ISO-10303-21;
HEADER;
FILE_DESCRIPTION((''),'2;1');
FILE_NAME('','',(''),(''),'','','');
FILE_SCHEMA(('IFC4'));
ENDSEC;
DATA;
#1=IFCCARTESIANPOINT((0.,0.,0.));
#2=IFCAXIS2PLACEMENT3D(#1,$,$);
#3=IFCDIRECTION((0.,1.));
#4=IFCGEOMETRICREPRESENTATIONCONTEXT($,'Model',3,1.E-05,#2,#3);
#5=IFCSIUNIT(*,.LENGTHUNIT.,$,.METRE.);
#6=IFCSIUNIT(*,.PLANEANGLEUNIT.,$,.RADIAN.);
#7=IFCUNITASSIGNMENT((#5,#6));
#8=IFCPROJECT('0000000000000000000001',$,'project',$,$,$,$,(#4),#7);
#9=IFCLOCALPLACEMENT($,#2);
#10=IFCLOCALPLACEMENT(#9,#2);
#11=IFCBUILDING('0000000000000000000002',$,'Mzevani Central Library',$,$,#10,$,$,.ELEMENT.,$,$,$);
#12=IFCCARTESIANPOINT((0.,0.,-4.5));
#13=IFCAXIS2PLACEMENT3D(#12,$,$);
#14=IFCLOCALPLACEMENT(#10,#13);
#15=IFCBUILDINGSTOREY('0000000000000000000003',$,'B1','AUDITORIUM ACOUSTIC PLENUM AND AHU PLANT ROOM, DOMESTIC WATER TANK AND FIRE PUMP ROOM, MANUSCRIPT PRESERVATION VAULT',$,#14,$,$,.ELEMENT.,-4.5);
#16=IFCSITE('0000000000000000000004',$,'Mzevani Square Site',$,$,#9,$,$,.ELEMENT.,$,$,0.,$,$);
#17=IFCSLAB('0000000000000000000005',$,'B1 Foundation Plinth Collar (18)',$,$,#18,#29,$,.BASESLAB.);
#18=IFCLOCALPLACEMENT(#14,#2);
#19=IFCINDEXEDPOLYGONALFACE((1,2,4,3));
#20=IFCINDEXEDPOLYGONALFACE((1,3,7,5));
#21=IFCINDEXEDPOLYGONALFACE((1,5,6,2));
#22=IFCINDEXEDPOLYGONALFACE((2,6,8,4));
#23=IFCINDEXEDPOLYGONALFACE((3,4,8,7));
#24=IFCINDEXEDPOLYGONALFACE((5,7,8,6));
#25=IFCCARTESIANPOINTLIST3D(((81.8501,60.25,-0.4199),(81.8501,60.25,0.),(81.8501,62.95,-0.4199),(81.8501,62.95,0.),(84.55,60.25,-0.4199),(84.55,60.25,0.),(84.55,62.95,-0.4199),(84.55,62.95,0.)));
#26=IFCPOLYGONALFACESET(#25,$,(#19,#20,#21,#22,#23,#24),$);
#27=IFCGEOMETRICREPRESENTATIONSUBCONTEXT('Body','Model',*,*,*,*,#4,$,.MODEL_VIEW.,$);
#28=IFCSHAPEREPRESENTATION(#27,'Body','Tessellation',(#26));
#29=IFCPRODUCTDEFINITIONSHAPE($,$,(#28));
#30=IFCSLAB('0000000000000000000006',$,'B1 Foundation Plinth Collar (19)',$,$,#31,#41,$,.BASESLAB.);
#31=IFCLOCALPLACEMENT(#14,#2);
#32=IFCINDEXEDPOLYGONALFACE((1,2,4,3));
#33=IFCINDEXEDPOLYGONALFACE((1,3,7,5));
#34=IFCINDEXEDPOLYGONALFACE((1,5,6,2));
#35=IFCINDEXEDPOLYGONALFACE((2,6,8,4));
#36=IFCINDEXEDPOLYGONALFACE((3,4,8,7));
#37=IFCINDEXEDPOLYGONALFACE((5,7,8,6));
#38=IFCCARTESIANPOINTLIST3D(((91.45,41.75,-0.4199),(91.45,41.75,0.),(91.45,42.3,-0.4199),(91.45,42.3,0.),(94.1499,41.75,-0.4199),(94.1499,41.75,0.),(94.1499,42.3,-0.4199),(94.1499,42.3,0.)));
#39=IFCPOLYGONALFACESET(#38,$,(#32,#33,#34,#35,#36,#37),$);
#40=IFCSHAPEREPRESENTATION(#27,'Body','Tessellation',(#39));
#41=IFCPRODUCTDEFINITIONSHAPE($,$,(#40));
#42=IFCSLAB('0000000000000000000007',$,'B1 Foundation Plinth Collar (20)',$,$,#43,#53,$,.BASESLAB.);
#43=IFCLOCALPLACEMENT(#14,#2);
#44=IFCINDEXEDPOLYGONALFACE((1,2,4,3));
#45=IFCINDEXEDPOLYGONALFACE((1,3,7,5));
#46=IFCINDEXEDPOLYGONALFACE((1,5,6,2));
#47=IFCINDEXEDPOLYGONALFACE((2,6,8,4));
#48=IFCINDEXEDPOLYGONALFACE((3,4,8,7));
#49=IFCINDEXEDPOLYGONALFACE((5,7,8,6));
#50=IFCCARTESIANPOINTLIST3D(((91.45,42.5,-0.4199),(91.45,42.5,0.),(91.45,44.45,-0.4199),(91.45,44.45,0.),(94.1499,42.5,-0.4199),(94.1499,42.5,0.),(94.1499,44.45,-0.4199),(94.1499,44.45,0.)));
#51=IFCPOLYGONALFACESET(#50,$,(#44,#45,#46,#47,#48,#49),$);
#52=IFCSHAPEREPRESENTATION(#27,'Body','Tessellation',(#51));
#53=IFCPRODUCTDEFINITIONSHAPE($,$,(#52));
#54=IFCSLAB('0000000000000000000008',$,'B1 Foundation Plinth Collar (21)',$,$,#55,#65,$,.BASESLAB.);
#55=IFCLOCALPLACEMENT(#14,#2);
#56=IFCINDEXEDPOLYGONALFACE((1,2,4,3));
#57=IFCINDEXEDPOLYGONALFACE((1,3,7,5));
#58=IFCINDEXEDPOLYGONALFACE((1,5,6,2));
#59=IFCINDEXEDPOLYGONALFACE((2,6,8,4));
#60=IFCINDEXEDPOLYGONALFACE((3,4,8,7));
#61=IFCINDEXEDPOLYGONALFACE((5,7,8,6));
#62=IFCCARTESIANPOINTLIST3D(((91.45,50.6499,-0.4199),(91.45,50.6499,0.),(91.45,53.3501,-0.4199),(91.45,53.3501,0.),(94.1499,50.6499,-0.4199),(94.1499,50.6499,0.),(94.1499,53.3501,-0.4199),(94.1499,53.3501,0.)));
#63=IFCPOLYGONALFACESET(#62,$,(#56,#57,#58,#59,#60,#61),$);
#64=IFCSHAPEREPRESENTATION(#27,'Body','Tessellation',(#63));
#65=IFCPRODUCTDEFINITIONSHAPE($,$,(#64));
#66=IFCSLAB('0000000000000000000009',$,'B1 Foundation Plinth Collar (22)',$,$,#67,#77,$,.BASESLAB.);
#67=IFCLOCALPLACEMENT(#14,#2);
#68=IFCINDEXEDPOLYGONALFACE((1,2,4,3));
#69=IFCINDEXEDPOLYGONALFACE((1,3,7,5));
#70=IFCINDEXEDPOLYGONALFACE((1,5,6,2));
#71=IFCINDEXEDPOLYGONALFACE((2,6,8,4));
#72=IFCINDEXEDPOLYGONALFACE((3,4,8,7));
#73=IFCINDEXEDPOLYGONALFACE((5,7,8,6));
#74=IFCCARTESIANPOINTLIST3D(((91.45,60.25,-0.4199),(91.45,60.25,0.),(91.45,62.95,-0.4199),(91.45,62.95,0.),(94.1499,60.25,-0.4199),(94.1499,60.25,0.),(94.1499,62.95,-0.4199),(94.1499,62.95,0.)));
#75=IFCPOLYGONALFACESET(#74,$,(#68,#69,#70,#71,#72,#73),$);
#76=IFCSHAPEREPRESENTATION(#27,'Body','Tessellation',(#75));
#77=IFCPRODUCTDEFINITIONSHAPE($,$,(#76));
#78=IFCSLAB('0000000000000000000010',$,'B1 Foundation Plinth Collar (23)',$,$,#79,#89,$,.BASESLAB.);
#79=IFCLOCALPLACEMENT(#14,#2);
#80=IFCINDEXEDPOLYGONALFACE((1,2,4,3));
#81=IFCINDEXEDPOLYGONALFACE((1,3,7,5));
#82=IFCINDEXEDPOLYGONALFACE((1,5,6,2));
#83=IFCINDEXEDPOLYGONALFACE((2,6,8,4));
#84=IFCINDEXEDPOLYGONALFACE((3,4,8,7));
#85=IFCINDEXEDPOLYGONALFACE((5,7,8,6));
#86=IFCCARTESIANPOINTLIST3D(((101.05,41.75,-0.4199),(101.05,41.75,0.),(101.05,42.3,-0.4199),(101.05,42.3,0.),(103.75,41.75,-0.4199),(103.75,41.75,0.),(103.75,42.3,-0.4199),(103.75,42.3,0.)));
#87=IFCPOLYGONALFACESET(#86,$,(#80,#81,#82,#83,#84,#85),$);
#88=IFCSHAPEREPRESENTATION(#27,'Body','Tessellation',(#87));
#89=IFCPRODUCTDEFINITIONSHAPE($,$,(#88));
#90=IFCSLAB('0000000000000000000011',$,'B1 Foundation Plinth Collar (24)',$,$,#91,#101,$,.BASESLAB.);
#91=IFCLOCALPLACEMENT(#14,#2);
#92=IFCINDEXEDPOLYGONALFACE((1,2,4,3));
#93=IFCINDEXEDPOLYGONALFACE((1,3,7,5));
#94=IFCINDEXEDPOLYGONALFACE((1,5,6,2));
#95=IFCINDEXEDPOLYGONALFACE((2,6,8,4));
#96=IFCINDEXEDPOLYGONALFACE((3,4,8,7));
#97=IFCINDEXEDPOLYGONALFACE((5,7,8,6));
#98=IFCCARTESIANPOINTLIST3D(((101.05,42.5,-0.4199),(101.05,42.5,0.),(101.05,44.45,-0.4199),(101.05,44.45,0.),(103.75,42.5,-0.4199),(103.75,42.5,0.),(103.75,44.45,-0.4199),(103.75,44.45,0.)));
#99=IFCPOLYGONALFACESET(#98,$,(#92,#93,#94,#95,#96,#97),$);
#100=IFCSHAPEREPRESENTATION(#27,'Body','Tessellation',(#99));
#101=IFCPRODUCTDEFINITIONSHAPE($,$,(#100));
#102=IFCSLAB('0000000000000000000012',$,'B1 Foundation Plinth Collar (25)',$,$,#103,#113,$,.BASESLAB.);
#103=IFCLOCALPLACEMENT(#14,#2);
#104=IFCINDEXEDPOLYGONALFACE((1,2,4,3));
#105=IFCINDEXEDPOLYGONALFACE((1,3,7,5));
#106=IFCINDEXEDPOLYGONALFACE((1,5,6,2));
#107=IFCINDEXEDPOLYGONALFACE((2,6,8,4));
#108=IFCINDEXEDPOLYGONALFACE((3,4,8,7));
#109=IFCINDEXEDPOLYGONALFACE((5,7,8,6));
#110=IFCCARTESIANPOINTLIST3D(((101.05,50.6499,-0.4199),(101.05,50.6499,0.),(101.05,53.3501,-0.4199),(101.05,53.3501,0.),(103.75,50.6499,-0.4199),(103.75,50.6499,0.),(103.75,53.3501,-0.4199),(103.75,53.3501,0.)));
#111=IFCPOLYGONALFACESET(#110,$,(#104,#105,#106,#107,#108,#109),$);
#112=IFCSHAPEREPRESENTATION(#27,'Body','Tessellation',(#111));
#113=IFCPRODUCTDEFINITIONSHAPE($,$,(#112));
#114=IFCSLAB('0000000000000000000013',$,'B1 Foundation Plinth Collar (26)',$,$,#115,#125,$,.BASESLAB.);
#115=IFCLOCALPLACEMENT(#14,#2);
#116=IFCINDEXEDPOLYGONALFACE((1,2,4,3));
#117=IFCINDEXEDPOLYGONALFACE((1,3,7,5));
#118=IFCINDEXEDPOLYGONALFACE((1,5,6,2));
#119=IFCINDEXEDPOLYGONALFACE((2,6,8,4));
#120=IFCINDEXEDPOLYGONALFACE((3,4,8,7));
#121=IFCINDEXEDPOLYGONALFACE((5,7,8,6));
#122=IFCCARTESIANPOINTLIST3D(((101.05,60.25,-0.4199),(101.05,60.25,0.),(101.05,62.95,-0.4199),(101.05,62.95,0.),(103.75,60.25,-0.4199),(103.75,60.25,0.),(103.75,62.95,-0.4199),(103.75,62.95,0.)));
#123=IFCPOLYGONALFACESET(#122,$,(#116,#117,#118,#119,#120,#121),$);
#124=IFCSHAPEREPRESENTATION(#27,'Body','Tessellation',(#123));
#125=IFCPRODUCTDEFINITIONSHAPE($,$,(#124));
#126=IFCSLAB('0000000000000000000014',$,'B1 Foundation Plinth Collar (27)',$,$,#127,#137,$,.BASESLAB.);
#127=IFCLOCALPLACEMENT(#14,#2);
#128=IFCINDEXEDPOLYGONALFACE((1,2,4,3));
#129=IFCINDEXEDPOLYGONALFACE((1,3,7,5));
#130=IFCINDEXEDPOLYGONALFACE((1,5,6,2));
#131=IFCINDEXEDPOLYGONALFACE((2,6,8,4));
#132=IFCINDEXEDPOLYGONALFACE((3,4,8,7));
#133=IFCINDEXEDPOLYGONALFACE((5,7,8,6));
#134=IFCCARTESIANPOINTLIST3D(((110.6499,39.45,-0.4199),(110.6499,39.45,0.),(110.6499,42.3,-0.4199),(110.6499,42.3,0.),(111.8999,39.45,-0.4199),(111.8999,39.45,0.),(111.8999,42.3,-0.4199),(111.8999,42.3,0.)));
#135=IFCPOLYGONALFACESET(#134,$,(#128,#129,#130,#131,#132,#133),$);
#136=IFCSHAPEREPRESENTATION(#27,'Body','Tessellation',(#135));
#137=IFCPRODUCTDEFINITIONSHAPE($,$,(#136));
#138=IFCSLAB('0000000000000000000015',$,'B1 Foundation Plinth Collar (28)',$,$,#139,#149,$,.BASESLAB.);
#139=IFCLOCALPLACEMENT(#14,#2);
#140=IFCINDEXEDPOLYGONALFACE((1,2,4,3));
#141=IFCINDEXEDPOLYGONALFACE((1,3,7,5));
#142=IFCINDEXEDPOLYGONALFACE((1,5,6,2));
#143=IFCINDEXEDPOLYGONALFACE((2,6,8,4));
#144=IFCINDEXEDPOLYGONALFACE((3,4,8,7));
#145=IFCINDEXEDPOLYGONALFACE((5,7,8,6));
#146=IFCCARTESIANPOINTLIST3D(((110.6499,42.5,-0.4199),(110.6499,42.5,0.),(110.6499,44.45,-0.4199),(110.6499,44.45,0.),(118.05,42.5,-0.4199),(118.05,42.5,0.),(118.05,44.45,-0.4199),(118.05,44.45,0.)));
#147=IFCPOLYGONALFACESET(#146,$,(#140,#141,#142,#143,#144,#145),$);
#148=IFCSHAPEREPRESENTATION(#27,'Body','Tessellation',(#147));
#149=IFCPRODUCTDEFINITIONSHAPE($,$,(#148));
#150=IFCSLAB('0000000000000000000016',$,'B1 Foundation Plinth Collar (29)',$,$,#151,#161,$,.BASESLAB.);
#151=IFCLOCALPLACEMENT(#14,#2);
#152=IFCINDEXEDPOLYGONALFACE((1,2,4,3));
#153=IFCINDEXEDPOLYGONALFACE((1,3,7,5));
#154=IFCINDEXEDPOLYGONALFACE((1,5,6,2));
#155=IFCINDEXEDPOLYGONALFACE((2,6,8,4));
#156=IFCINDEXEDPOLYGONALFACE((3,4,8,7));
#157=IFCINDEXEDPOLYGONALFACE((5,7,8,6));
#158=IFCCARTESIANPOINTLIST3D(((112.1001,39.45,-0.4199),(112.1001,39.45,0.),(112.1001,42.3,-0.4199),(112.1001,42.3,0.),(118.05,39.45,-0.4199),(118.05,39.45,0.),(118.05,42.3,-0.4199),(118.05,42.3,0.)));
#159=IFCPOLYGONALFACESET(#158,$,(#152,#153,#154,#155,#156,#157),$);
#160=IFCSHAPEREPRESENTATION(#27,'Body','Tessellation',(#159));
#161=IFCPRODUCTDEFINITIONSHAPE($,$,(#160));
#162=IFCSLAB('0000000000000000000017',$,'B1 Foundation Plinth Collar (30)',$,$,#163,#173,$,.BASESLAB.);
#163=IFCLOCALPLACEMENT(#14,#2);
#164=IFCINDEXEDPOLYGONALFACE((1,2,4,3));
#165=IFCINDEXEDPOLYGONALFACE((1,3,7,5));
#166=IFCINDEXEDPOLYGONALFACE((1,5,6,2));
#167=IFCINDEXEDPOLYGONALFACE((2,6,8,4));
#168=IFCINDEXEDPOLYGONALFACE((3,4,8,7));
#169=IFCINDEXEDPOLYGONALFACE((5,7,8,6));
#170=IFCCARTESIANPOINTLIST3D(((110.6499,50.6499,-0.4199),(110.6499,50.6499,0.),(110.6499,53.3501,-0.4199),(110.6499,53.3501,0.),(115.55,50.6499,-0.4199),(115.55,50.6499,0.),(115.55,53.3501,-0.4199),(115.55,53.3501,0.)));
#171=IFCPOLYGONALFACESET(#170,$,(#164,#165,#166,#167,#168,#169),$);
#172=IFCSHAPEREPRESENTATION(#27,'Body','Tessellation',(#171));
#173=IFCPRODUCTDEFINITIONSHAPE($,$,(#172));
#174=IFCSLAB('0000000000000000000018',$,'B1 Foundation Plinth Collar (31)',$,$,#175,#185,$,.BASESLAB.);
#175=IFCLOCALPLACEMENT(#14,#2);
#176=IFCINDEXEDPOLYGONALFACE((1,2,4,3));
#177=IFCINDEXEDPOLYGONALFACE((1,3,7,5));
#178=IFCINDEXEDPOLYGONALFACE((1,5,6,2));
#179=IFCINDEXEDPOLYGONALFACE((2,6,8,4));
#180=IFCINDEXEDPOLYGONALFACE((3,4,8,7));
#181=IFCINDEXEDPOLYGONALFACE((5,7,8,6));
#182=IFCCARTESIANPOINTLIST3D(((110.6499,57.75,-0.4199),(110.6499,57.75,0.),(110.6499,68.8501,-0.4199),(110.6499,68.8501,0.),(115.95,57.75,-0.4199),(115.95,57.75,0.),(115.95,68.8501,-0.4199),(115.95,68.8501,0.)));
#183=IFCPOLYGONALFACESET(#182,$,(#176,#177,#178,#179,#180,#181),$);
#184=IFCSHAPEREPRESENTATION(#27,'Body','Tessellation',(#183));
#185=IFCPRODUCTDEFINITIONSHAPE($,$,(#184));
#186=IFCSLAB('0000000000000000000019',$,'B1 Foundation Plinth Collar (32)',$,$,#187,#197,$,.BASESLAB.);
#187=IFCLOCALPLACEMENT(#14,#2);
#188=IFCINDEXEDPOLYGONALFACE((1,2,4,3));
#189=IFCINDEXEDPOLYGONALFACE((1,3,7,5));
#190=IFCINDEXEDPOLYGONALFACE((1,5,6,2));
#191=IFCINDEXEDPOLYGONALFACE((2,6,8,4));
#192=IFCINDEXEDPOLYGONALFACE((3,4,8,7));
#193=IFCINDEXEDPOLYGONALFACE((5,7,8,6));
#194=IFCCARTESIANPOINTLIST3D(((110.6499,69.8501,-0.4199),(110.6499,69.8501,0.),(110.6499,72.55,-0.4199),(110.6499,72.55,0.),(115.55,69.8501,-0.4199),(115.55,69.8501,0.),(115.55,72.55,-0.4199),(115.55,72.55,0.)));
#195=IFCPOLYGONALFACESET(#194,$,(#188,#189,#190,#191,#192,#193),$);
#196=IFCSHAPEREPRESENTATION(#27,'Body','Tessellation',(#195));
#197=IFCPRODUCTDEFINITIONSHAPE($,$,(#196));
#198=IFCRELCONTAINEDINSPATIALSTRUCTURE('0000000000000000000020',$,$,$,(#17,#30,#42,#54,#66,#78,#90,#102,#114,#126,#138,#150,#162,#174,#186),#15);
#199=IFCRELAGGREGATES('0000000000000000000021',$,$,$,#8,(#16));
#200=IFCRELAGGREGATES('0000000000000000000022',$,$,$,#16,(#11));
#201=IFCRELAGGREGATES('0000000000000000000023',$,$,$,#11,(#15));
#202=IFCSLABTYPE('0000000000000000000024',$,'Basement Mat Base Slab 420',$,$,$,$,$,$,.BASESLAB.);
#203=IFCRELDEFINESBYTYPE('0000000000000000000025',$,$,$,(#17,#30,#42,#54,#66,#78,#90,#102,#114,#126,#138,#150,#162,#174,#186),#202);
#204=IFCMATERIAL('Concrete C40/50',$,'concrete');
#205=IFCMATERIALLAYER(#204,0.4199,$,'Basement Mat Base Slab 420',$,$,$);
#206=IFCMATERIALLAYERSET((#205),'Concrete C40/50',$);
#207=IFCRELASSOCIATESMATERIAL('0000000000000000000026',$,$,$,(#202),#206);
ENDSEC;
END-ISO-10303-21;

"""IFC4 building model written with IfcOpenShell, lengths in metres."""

from ifc_helpers import new_model, si_unit, direction, frame, origin, place, context, subcontext, project, spatial, polyline, outline, extrude, material, layer, layer_set, type_object, element, save


model = new_model("IFC4")

# Units and contexts
model_context = context("Model", 3, precision=1e-05, world=origin(), true_north=direction((0.0, 1.0)))
body_context = subcontext(model_context, "Body", "Model", "MODEL_VIEW")
ifc_project = project(units=[si_unit("LENGTHUNIT", "METRE"), si_unit("PLANEANGLEUNIT", "RADIAN")], contexts=[model_context])

# Site, building, storey
site_placement = place(None, origin())
site = spatial("IfcSite", under=ifc_project, at=site_placement, Name="Mzevani Square Site", CompositionType="ELEMENT", RefElevation=0.0)
building_placement = place(site_placement, origin())
building = spatial("IfcBuilding", under=site, at=building_placement, Name="Mzevani Central Library", CompositionType="ELEMENT")
storey_placement = place(building_placement, frame((0.0, 0.0, -4.5)))
storey = spatial("IfcBuildingStorey", under=building, at=storey_placement, Name="B1", Description="AUDITORIUM ACOUSTIC PLENUM AND AHU PLANT ROOM, DOMESTIC WATER TANK AND FIRE PUMP ROOM, MANUSCRIPT PRESERVATION VAULT", CompositionType="ELEMENT", Elevation=-4.5)

# Slabs
ifc_material = material(Name="Concrete C40/50", Category="concrete")
ifc_layer = layer(ifc_material, 0.4199, Name="Basement Mat Base Slab 420")
ifc_layer_set = layer_set([ifc_layer], Name="Concrete C40/50")
slab_type = type_object("IfcSlabType", Name="Basement Mat Base Slab 420", PredefinedType="BASESLAB", material=ifc_layer_set)
slab_1_placement = place(storey_placement, frame((0.0, 0.0, -0.4199)))
element("IfcSlab", 1, at=slab_1_placement, inside=storey, type_object=slab_type, Name="B1 Foundation Plinth Collar (18)", PredefinedType="BASESLAB", context=body_context, shape_type="SweptSolid", body=[
    extrude(outline(polyline([(81.8501, 62.95), (84.55, 62.95), (84.55, 60.25), (81.8501, 60.25), (81.8501, 62.95)])), origin(), (0.0, 0.0, 1.0), 0.4199),
])
slab_2_placement = place(storey_placement, frame((0.0, 0.0, -0.4199)))
element("IfcSlab", 2, at=slab_2_placement, inside=storey, type_object=slab_type, Name="B1 Foundation Plinth Collar (19)", PredefinedType="BASESLAB", context=body_context, shape_type="SweptSolid", body=[
    extrude(outline(polyline([(91.45, 42.3), (94.1499, 42.3), (94.1499, 41.75), (91.45, 41.75), (91.45, 42.3)])), origin(), (0.0, 0.0, 1.0), 0.4199),
])
slab_3_placement = place(storey_placement, frame((0.0, 0.0, -0.4199)))
element("IfcSlab", 3, at=slab_3_placement, inside=storey, type_object=slab_type, Name="B1 Foundation Plinth Collar (20)", PredefinedType="BASESLAB", context=body_context, shape_type="SweptSolid", body=[
    extrude(outline(polyline([(91.45, 44.45), (94.1499, 44.45), (94.1499, 42.5), (91.45, 42.5), (91.45, 44.45)])), origin(), (0.0, 0.0, 1.0), 0.4199),
])
slab_4_placement = place(storey_placement, frame((0.0, 0.0, -0.4199)))
element("IfcSlab", 4, at=slab_4_placement, inside=storey, type_object=slab_type, Name="B1 Foundation Plinth Collar (21)", PredefinedType="BASESLAB", context=body_context, shape_type="SweptSolid", body=[
    extrude(outline(polyline([(91.45, 53.3501), (94.1499, 53.3501), (94.1499, 50.6499), (91.45, 50.6499), (91.45, 53.3501)])), origin(), (0.0, 0.0, 1.0), 0.4199),
])
slab_5_placement = place(storey_placement, frame((0.0, 0.0, -0.4199)))
element("IfcSlab", 5, at=slab_5_placement, inside=storey, type_object=slab_type, Name="B1 Foundation Plinth Collar (22)", PredefinedType="BASESLAB", context=body_context, shape_type="SweptSolid", body=[
    extrude(outline(polyline([(91.45, 62.95), (94.1499, 62.95), (94.1499, 60.25), (91.45, 60.25), (91.45, 62.95)])), origin(), (0.0, 0.0, 1.0), 0.4199),
])
slab_6_placement = place(storey_placement, frame((0.0, 0.0, -0.4199)))
element("IfcSlab", 6, at=slab_6_placement, inside=storey, type_object=slab_type, Name="B1 Foundation Plinth Collar (23)", PredefinedType="BASESLAB", context=body_context, shape_type="SweptSolid", body=[
    extrude(outline(polyline([(101.05, 42.3), (103.75, 42.3), (103.75, 41.75), (101.05, 41.75), (101.05, 42.3)])), origin(), (0.0, 0.0, 1.0), 0.4199),
])
slab_7_placement = place(storey_placement, frame((0.0, 0.0, -0.4199)))
element("IfcSlab", 7, at=slab_7_placement, inside=storey, type_object=slab_type, Name="B1 Foundation Plinth Collar (24)", PredefinedType="BASESLAB", context=body_context, shape_type="SweptSolid", body=[
    extrude(outline(polyline([(101.05, 44.45), (103.75, 44.45), (103.75, 42.5), (101.05, 42.5), (101.05, 44.45)])), origin(), (0.0, 0.0, 1.0), 0.4199),
])
slab_8_placement = place(storey_placement, frame((0.0, 0.0, -0.4199)))
element("IfcSlab", 8, at=slab_8_placement, inside=storey, type_object=slab_type, Name="B1 Foundation Plinth Collar (25)", PredefinedType="BASESLAB", context=body_context, shape_type="SweptSolid", body=[
    extrude(outline(polyline([(101.05, 53.3501), (103.75, 53.3501), (103.75, 50.6499), (101.05, 50.6499), (101.05, 53.3501)])), origin(), (0.0, 0.0, 1.0), 0.4199),
])
slab_9_placement = place(storey_placement, frame((0.0, 0.0, -0.4199)))
element("IfcSlab", 9, at=slab_9_placement, inside=storey, type_object=slab_type, Name="B1 Foundation Plinth Collar (26)", PredefinedType="BASESLAB", context=body_context, shape_type="SweptSolid", body=[
    extrude(outline(polyline([(101.05, 62.95), (103.75, 62.95), (103.75, 60.25), (101.05, 60.25), (101.05, 62.95)])), origin(), (0.0, 0.0, 1.0), 0.4199),
])
slab_10_placement = place(storey_placement, frame((0.0, 0.0, -0.4199)))
element("IfcSlab", 10, at=slab_10_placement, inside=storey, type_object=slab_type, Name="B1 Foundation Plinth Collar (27)", PredefinedType="BASESLAB", context=body_context, shape_type="SweptSolid", body=[
    extrude(outline(polyline([(110.6499, 42.3), (111.8999, 42.3), (111.8999, 39.45), (110.6499, 39.45), (110.6499, 42.3)])), origin(), (0.0, 0.0, 1.0), 0.4199),
])
slab_11_placement = place(storey_placement, frame((0.0, 0.0, -0.4199)))
element("IfcSlab", 11, at=slab_11_placement, inside=storey, type_object=slab_type, Name="B1 Foundation Plinth Collar (28)", PredefinedType="BASESLAB", context=body_context, shape_type="SweptSolid", body=[
    extrude(outline(polyline([(110.6499, 44.45), (118.05, 44.45), (118.05, 42.5), (110.6499, 42.5), (110.6499, 44.45)])), origin(), (0.0, 0.0, 1.0), 0.4199),
])
slab_12_placement = place(storey_placement, frame((0.0, 0.0, -0.4199)))
element("IfcSlab", 12, at=slab_12_placement, inside=storey, type_object=slab_type, Name="B1 Foundation Plinth Collar (29)", PredefinedType="BASESLAB", context=body_context, shape_type="SweptSolid", body=[
    extrude(outline(polyline([(118.05, 39.45), (112.1001, 39.45), (112.1001, 42.3), (118.05, 42.3), (118.05, 39.45)])), origin(), (0.0, 0.0, 1.0), 0.4199),
])
slab_13_placement = place(storey_placement, frame((0.0, 0.0, -0.4199)))
element("IfcSlab", 13, at=slab_13_placement, inside=storey, type_object=slab_type, Name="B1 Foundation Plinth Collar (30)", PredefinedType="BASESLAB", context=body_context, shape_type="SweptSolid", body=[
    extrude(outline(polyline([(110.6499, 53.3501), (115.55, 53.3501), (115.55, 50.6499), (110.6499, 50.6499), (110.6499, 53.3501)])), origin(), (0.0, 0.0, 1.0), 0.4199),
])
slab_14_placement = place(storey_placement, frame((0.0, 0.0, -0.4199)))
element("IfcSlab", 14, at=slab_14_placement, inside=storey, type_object=slab_type, Name="B1 Foundation Plinth Collar (31)", PredefinedType="BASESLAB", context=body_context, shape_type="SweptSolid", body=[
    extrude(outline(polyline([(110.6499, 68.8501), (115.95, 68.8501), (115.95, 57.75), (110.6499, 57.75), (110.6499, 68.8501)])), origin(), (0.0, 0.0, 1.0), 0.4199),
])
slab_15_placement = place(storey_placement, frame((0.0, 0.0, -0.4199)))
element("IfcSlab", 15, at=slab_15_placement, inside=storey, type_object=slab_type, Name="B1 Foundation Plinth Collar (32)", PredefinedType="BASESLAB", context=body_context, shape_type="SweptSolid", body=[
    extrude(outline(polyline([(110.6499, 72.55), (115.55, 72.55), (115.55, 69.8501), (110.6499, 69.8501), (110.6499, 72.55)])), origin(), (0.0, 0.0, 1.0), 0.4199),
])

save(model, "model.ifc")
